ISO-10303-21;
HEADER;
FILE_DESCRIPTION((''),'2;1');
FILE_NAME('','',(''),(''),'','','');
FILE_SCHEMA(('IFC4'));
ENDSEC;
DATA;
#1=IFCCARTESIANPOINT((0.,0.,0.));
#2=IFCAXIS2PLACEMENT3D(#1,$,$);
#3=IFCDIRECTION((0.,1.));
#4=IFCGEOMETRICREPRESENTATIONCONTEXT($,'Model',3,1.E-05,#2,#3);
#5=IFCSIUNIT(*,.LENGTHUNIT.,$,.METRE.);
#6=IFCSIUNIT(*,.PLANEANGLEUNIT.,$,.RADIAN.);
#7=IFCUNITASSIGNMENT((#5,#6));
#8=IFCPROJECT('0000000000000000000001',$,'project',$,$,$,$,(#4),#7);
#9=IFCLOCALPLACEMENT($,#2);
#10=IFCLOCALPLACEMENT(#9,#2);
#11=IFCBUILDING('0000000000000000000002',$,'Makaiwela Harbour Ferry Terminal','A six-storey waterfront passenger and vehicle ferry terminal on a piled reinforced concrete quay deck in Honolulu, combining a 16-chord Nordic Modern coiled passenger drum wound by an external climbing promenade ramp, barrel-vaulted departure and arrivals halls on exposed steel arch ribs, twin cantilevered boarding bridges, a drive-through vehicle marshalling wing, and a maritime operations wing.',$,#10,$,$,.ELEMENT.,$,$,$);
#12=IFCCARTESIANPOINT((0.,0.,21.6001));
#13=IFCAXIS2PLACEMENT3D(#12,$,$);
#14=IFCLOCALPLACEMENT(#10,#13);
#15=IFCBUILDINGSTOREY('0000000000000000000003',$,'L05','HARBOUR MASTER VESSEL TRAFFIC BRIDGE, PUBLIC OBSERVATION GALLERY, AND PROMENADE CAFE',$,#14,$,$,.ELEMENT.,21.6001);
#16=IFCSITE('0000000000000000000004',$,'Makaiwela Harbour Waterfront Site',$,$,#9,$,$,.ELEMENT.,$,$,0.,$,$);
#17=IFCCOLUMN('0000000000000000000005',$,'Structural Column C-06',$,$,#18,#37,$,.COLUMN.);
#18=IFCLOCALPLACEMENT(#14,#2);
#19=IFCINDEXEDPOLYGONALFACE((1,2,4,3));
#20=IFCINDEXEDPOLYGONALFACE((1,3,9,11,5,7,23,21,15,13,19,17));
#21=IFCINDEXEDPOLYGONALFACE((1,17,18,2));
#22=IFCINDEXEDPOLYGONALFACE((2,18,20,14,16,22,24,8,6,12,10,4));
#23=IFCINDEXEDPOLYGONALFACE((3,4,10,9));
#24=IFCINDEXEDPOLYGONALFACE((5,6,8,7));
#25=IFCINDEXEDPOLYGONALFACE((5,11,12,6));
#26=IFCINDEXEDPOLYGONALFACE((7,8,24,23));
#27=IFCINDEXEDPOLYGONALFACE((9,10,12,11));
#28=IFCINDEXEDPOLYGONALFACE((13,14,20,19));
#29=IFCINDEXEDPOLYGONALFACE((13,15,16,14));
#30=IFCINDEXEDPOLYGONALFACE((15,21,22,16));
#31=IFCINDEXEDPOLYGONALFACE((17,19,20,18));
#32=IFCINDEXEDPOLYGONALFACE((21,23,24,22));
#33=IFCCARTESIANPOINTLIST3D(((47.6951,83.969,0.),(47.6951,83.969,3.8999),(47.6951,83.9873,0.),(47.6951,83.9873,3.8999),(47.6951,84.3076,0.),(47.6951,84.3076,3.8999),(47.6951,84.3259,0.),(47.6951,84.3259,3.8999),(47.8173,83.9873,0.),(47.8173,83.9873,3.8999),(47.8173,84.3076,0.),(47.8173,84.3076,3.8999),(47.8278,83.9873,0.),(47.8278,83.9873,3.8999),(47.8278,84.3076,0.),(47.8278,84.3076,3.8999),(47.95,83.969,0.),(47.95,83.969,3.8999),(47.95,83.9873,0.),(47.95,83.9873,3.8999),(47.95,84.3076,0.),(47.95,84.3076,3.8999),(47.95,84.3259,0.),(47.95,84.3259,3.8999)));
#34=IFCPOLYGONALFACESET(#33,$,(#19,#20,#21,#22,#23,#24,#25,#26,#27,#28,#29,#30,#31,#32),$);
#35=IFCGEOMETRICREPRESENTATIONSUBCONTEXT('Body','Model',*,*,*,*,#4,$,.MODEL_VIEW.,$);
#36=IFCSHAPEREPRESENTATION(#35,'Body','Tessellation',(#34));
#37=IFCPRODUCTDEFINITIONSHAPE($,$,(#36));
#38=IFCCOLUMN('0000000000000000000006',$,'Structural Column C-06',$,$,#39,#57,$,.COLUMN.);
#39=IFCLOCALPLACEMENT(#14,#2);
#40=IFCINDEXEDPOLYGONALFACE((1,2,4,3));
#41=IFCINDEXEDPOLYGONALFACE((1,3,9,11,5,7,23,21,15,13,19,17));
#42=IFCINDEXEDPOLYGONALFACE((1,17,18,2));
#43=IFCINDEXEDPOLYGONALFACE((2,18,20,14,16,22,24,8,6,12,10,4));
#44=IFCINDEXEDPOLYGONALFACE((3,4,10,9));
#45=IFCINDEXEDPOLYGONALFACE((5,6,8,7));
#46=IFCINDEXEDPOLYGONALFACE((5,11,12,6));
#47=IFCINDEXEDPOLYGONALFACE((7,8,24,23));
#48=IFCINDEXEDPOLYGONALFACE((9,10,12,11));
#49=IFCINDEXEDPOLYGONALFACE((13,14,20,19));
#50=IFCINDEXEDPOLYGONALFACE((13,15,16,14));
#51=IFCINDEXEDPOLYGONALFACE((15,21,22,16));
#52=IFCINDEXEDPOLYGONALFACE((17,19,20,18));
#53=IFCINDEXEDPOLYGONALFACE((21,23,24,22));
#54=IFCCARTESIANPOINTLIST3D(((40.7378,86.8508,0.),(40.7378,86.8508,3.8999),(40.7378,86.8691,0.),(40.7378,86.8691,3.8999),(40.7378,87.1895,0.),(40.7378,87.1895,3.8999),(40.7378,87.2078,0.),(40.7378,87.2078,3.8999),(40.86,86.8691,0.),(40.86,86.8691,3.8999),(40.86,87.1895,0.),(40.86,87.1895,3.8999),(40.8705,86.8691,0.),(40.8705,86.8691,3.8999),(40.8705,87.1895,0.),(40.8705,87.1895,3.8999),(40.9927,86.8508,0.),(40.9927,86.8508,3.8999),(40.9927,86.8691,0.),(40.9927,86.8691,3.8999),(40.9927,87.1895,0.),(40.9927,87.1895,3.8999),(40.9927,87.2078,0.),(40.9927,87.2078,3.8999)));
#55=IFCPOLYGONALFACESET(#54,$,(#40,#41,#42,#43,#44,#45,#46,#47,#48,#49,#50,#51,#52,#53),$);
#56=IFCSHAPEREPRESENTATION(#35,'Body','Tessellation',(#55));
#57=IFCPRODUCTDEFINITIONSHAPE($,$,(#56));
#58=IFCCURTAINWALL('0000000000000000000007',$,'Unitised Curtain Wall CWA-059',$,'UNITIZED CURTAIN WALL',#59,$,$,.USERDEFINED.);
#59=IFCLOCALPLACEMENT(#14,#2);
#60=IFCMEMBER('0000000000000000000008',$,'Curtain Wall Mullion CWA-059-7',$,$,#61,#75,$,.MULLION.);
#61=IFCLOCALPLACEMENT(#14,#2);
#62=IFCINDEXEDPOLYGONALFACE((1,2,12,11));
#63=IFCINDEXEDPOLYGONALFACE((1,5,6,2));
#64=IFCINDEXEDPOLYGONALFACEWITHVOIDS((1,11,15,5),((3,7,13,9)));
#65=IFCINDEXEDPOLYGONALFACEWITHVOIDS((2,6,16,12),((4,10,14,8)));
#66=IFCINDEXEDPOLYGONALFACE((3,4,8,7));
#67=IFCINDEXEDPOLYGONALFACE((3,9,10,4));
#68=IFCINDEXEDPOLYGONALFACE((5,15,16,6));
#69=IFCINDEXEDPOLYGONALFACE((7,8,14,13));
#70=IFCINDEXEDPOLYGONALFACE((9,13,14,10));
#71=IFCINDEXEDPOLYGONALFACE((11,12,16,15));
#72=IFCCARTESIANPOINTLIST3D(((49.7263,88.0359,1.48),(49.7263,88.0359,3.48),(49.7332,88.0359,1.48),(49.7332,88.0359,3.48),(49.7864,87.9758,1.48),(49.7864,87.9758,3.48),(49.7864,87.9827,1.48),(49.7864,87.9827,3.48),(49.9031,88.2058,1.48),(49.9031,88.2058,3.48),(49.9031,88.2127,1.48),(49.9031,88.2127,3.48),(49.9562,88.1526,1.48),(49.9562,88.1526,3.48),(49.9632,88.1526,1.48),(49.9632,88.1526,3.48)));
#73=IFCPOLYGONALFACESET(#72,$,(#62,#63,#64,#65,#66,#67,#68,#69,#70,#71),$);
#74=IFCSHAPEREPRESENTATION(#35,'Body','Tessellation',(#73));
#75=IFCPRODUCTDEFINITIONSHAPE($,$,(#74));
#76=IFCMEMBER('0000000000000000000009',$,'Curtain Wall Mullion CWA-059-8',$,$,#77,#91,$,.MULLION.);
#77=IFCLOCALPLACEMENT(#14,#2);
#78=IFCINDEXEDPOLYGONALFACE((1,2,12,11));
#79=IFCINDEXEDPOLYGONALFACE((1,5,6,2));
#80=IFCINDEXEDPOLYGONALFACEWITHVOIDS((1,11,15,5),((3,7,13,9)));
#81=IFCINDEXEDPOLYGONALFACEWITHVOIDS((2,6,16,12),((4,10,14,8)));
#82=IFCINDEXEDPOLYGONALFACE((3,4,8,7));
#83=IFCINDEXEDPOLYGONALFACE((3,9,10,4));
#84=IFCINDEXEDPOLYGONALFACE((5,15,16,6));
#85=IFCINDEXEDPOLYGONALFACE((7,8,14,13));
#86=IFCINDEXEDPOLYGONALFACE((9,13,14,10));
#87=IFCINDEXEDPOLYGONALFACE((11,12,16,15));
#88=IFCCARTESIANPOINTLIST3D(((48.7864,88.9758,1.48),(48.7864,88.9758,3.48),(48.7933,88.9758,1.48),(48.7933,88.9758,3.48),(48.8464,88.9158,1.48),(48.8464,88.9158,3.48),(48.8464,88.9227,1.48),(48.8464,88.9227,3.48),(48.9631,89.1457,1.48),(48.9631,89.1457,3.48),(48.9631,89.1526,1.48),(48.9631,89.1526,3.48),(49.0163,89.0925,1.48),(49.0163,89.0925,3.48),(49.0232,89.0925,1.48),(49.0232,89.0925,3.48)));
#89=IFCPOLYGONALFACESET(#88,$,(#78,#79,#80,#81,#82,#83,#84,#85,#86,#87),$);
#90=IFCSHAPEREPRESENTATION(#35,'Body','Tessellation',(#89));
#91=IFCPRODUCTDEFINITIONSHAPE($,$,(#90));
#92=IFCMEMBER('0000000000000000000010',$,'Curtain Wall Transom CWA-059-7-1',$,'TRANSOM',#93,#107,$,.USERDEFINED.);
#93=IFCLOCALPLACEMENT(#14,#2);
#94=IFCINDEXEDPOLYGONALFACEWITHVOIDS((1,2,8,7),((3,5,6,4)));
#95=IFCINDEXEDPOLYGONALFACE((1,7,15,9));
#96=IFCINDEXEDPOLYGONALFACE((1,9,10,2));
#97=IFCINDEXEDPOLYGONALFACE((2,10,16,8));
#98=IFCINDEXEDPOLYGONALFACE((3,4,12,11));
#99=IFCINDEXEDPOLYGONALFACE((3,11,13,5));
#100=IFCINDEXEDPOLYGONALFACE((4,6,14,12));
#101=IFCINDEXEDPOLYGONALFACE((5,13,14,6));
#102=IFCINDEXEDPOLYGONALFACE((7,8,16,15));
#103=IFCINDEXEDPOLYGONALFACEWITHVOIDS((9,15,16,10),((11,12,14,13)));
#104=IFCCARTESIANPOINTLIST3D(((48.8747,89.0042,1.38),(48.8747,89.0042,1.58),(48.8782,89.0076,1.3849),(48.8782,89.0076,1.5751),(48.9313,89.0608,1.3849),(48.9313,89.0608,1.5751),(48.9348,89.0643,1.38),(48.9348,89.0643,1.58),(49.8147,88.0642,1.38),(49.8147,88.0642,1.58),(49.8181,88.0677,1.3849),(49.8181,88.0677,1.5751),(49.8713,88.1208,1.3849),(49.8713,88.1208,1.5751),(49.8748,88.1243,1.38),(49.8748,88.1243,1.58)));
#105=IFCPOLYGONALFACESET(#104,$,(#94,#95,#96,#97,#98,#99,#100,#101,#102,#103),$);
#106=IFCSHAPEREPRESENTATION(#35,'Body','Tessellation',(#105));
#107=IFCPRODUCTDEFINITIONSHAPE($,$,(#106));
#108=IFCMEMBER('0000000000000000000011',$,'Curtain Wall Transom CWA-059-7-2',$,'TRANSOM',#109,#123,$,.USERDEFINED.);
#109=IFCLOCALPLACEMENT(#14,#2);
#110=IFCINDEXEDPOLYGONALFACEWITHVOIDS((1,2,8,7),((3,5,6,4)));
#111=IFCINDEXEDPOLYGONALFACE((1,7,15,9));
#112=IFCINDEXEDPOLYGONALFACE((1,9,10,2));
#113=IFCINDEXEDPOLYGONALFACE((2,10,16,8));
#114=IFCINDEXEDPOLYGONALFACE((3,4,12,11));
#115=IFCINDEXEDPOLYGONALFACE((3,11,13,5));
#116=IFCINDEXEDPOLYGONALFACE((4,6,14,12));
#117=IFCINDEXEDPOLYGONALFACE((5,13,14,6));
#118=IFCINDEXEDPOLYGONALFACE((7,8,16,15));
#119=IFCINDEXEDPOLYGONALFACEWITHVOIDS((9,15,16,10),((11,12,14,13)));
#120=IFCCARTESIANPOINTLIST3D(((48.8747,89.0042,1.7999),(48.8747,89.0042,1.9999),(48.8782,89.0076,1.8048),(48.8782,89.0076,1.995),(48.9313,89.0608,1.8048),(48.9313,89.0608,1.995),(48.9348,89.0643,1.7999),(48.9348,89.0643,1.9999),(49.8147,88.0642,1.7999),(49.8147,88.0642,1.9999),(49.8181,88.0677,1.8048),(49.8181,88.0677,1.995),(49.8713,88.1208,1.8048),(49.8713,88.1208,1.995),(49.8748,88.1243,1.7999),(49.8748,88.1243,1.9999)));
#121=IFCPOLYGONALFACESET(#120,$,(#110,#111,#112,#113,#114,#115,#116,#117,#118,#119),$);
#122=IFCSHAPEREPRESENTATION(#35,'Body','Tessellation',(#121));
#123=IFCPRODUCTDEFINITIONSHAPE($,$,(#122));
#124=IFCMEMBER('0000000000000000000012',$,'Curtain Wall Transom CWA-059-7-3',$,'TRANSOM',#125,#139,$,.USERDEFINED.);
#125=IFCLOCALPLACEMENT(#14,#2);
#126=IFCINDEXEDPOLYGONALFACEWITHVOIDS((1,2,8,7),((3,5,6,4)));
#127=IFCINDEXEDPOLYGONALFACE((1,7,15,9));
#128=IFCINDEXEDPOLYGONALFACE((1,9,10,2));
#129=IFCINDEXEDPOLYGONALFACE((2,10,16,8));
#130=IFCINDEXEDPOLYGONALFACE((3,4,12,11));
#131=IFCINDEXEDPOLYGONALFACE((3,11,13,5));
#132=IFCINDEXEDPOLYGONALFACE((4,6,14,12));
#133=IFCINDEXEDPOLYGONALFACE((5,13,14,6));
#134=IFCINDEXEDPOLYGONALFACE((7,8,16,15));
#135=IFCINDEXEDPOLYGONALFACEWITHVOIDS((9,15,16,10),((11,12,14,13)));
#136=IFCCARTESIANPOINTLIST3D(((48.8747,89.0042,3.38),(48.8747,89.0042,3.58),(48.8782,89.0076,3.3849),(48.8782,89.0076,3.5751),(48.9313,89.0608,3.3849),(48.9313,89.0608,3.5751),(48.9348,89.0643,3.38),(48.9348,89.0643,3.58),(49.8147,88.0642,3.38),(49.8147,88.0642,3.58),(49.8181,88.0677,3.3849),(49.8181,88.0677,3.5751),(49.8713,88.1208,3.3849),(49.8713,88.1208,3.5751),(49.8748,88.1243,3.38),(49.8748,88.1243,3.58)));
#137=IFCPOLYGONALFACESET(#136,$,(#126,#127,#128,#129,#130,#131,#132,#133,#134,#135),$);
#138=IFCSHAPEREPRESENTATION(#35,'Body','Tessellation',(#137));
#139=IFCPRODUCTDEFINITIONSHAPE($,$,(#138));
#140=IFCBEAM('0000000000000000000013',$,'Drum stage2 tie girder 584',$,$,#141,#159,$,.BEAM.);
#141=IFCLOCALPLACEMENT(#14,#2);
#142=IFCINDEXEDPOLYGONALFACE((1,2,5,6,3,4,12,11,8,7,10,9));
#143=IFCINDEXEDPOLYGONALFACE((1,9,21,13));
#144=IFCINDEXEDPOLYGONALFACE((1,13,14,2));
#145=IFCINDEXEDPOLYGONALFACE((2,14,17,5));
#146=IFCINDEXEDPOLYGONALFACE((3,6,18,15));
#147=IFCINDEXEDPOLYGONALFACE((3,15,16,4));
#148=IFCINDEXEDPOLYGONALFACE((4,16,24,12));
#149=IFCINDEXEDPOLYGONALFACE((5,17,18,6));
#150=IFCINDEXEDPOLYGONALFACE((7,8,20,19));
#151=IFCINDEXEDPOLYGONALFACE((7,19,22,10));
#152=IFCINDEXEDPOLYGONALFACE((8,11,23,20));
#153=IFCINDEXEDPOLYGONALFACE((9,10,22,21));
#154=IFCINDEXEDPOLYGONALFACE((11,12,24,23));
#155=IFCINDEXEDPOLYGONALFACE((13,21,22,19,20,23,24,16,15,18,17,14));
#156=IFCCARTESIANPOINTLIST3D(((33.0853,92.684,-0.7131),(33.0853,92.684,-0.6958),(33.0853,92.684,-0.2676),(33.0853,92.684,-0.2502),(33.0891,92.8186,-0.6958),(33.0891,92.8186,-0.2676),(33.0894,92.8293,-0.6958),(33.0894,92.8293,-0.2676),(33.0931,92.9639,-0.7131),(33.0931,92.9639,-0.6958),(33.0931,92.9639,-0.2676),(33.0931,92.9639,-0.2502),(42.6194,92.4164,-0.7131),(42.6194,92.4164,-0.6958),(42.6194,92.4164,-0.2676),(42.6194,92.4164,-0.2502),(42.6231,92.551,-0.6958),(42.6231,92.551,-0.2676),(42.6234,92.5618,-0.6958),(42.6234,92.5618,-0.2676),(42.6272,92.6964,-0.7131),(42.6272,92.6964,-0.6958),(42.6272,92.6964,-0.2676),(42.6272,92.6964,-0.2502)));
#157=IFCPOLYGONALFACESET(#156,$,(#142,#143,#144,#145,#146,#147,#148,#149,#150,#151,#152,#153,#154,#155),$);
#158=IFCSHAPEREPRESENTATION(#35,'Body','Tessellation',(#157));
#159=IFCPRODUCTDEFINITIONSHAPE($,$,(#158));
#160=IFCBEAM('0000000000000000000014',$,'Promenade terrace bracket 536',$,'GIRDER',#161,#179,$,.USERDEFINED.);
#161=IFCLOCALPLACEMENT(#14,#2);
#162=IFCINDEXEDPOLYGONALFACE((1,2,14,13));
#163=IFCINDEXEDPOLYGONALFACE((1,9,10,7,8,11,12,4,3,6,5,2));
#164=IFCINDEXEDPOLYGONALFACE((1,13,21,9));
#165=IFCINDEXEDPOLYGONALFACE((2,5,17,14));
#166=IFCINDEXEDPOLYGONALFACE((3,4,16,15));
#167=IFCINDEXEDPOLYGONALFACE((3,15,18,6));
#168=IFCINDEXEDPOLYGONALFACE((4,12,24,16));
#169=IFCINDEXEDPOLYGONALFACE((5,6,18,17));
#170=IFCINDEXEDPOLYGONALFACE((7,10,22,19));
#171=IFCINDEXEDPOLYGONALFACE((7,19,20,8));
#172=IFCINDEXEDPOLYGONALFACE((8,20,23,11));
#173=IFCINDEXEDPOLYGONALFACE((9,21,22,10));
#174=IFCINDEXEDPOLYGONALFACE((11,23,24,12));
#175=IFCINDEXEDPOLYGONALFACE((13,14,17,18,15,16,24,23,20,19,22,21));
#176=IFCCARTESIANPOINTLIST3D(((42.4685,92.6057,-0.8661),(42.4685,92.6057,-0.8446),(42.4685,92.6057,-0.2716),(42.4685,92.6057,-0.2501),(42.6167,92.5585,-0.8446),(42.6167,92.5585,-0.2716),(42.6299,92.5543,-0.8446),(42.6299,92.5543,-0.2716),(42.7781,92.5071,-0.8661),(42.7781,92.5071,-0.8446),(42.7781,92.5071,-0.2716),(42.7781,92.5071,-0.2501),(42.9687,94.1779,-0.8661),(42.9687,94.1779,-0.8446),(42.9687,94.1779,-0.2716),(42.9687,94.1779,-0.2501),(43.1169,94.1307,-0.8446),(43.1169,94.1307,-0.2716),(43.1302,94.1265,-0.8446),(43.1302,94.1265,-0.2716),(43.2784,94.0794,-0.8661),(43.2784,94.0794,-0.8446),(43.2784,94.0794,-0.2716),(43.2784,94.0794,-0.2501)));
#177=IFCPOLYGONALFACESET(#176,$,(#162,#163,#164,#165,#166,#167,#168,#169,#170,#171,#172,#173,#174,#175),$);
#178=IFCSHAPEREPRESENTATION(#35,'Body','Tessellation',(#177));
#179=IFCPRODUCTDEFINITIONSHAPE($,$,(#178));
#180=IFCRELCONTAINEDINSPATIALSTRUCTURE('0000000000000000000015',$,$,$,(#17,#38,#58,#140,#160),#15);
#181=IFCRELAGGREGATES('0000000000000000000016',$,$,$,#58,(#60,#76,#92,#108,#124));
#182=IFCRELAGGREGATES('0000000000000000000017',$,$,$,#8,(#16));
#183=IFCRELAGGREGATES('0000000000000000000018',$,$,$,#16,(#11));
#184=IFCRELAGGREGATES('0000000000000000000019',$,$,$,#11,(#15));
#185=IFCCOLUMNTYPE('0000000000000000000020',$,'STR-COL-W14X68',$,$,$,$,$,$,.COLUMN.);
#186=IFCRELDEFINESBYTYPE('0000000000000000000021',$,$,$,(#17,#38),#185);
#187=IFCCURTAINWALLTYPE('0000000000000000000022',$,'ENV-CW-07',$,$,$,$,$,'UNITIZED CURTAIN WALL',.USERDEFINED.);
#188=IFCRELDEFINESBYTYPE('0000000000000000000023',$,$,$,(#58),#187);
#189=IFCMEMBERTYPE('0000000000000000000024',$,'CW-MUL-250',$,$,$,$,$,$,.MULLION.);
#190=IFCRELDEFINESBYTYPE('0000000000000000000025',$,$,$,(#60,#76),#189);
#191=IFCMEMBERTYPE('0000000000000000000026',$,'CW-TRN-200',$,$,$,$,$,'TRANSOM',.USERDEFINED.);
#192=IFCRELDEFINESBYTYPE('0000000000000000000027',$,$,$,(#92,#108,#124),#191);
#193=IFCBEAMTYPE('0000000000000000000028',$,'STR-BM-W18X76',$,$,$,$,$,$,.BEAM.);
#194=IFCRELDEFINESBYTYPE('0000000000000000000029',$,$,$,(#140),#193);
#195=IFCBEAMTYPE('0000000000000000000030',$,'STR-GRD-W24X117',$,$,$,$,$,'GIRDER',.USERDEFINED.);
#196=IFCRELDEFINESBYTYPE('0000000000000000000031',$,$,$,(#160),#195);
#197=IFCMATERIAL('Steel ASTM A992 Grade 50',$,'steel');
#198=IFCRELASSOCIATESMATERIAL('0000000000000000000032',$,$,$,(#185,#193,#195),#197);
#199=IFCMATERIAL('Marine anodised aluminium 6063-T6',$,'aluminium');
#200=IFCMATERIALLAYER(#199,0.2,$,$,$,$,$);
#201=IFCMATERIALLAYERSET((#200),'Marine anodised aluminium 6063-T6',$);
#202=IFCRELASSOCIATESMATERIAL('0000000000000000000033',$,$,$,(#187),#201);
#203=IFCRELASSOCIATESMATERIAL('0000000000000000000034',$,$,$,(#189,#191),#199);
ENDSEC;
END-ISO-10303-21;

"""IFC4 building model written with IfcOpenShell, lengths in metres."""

from ifc_helpers import new_model, si_unit, direction, frame, origin, origin_2d, place, context, subcontext, project, spatial, hollow_rectangle, i_section, extrude, material, layer, layer_set, material_profile, profile_set, type_object, element, aggregate, save


model = new_model("IFC4")

# Units and contexts
model_context = context("Model", 3, precision=1e-05, world=origin(), true_north=direction((0.0, 1.0)))
body_context = subcontext(model_context, "Body", "Model", "MODEL_VIEW")
ifc_project = project(units=[si_unit("LENGTHUNIT", "METRE"), si_unit("PLANEANGLEUNIT", "RADIAN")], contexts=[model_context])

# Site, building, storey
site_placement = place(None, origin())
site = spatial("IfcSite", under=ifc_project, at=site_placement, Name="Makaiwela Harbour Waterfront Site", CompositionType="ELEMENT", RefElevation=0.0)
building_placement = place(site_placement, origin())
building = spatial("IfcBuilding", under=site, at=building_placement, Name="Makaiwela Harbour Ferry Terminal", Description="A six-storey waterfront passenger and vehicle ferry terminal on a piled reinforced concrete quay deck in Honolulu, combining a 16-chord Nordic Modern coiled passenger drum wound by an external climbing promenade ramp, barrel-vaulted departure and arrivals halls on exposed steel arch ribs, twin cantilevered boarding bridges, a drive-through vehicle marshalling wing, and a maritime operations wing.", CompositionType="ELEMENT")
storey_placement = place(building_placement, frame((0.0, 0.0, 21.6001)))
storey = spatial("IfcBuildingStorey", under=building, at=storey_placement, Name="L05", Description="HARBOUR MASTER VESSEL TRAFFIC BRIDGE, PUBLIC OBSERVATION GALLERY, AND PROMENADE CAFE", CompositionType="ELEMENT", Elevation=21.6001)

# Columns
ifc_material_1 = material(Name="Steel ASTM A992 Grade 50", Category="steel")
ifc_material_profile_1 = material_profile(ifc_material_1, i_section(OverallWidth=0.2549, OverallDepth=0.3569, WebThickness=0.0105, FlangeThickness=0.0183, at=origin_2d()), Name="W14X68")
ifc_profile_set_1 = profile_set([ifc_material_profile_1], Name="Steel ASTM A992 Grade 50")
column_type = type_object("IfcColumnType", Name="STR-COL-W14X68", PredefinedType="COLUMN", material=ifc_profile_set_1)
for number, where, z_axis, x_axis, name in (
    (1, (47.8225, 84.1475, 0.0), (0.0, 0.0, 1.0), (1.0, 0.0, 0.0), "Structural Column C-06"),
    (2, (40.8652, 87.0293, 0.0), (0.0, 0.0, 1.0), (1.0, 0.0, 0.0), "Structural Column C-06"),
):
    element("IfcColumn", number, at=place(storey_placement, frame(where, z_axis=z_axis, x_axis=x_axis)), inside=storey, type_object=column_type, Name=name, PredefinedType="COLUMN", context=body_context, shape_type="SweptSolid", body=[
        extrude(i_section(OverallWidth=0.2549, OverallDepth=0.3569, WebThickness=0.0105, FlangeThickness=0.0183, at=origin_2d()), origin(), (0.0, 0.0, 1.0), 3.8999),
    ])

# Curtain wall, members
ifc_material_2 = material(Name="Marine anodised aluminium 6063-T6", Category="aluminium")
ifc_layer_1 = layer(ifc_material_2, 0.2)
ifc_layer_set_1 = layer_set([ifc_layer_1], Name="Marine anodised aluminium 6063-T6")
curtain_wall_type = type_object("IfcCurtainWallType", Name="ENV-CW-07", ElementType="UNITIZED CURTAIN WALL", PredefinedType="USERDEFINED", material=ifc_layer_set_1)
curtain_wall_placement = place(storey_placement, origin())
curtain_wall = element("IfcCurtainWall", 3, at=curtain_wall_placement, inside=storey, type_object=curtain_wall_type, Name="Unitised Curtain Wall CWA-059", ObjectType="UNITIZED CURTAIN WALL", PredefinedType="USERDEFINED")
ifc_material_profile_2 = material_profile(ifc_material_2, hollow_rectangle(XDim=0.085, YDim=0.25, WallThickness=0.0049, at=origin_2d()), Name="CWM-250X85")
ifc_profile_set_2 = profile_set([ifc_material_profile_2], Name="Marine anodised aluminium 6063-T6")
member_type_1 = type_object("IfcMemberType", Name="CW-MUL-250", PredefinedType="MULLION", material=ifc_profile_set_2)
member_1_placement = place(storey_placement, frame((49.8447, 88.0942, 1.48), z_axis=(0.0, 0.0, 1.0), x_axis=(-0.707107, 0.707107, 0.0)))
member_1 = element("IfcMember", 4, at=member_1_placement, type_object=member_type_1, Name="Curtain Wall Mullion CWA-059-7", PredefinedType="MULLION", context=body_context, shape_type="SweptSolid", body=[
    extrude(hollow_rectangle(XDim=0.085, YDim=0.25, WallThickness=0.0049, at=origin_2d()), origin(), (0.0, 0.0, 1.0), 2.0),
])
member_2_placement = place(storey_placement, frame((48.9048, 89.0342, 1.48), z_axis=(0.0, 0.0, 1.0), x_axis=(-0.707107, 0.707107, 0.0)))
member_2 = element("IfcMember", 5, at=member_2_placement, type_object=member_type_1, Name="Curtain Wall Mullion CWA-059-8", PredefinedType="MULLION", context=body_context, shape_type="SweptSolid", body=[
    extrude(hollow_rectangle(XDim=0.085, YDim=0.25, WallThickness=0.0049, at=origin_2d()), origin(), (0.0, 0.0, 1.0), 2.0),
])
ifc_material_profile_3 = material_profile(ifc_material_2, hollow_rectangle(XDim=0.085, YDim=0.2, WallThickness=0.0049, at=origin_2d()), Name="CWT-200X85")
ifc_profile_set_3 = profile_set([ifc_material_profile_3], Name="Marine anodised aluminium 6063-T6")
member_type_2 = type_object("IfcMemberType", Name="CW-TRN-200", ElementType="TRANSOM", PredefinedType="USERDEFINED", material=ifc_profile_set_3)
member_3_placement = place(storey_placement, frame((49.8447, 88.0942, 1.48), z_axis=(-0.707107, 0.707107, 0.0), x_axis=(-0.707107, -0.707107, 0.0)))
member_3 = element("IfcMember", 6, at=member_3_placement, type_object=member_type_2, Name="Curtain Wall Transom CWA-059-7-1", ObjectType="TRANSOM", PredefinedType="USERDEFINED", context=body_context, shape_type="SweptSolid", body=[
    extrude(hollow_rectangle(XDim=0.085, YDim=0.2, WallThickness=0.0049, at=origin_2d()), origin(), (0.0, 0.0, 1.0), 1.3293),
])
member_4_placement = place(storey_placement, frame((49.8447, 88.0942, 1.8999), z_axis=(-0.707107, 0.707107, 0.0), x_axis=(-0.707107, -0.707107, 0.0)))
member_4 = element("IfcMember", 7, at=member_4_placement, type_object=member_type_2, Name="Curtain Wall Transom CWA-059-7-2", ObjectType="TRANSOM", PredefinedType="USERDEFINED", context=body_context, shape_type="SweptSolid", body=[
    extrude(hollow_rectangle(XDim=0.085, YDim=0.2, WallThickness=0.0049, at=origin_2d()), origin(), (0.0, 0.0, 1.0), 1.3293),
])
member_5_placement = place(storey_placement, frame((49.8447, 88.0942, 3.48), z_axis=(-0.707107, 0.707107, 0.0), x_axis=(-0.707107, -0.707107, 0.0)))
member_5 = element("IfcMember", 8, at=member_5_placement, type_object=member_type_2, Name="Curtain Wall Transom CWA-059-7-3", ObjectType="TRANSOM", PredefinedType="USERDEFINED", context=body_context, shape_type="SweptSolid", body=[
    extrude(hollow_rectangle(XDim=0.085, YDim=0.2, WallThickness=0.0049, at=origin_2d()), origin(), (0.0, 0.0, 1.0), 1.3293),
])

# Beams
ifc_material_profile_4 = material_profile(ifc_material_1, i_section(OverallWidth=0.28, OverallDepth=0.4629, WebThickness=0.0107, FlangeThickness=0.0173, at=origin_2d()), Name="W18X76")
ifc_profile_set_4 = profile_set([ifc_material_profile_4], Name="Steel ASTM A992 Grade 50")
beam_type_1 = type_object("IfcBeamType", Name="STR-BM-W18X76", PredefinedType="BEAM", material=ifc_profile_set_4)
beam_1_placement = place(storey_placement, frame((42.6233, 92.5564, -0.4817), z_axis=(-0.999606, 0.028054, 0.0), x_axis=(-0.028054, -0.999606, 0.0)))
element("IfcBeam", 9, at=beam_1_placement, inside=storey, type_object=beam_type_1, Name="Drum stage2 tie girder 584", PredefinedType="BEAM", context=body_context, shape_type="SweptSolid", body=[
    extrude(i_section(OverallWidth=0.28, OverallDepth=0.4629, WebThickness=0.0107, FlangeThickness=0.0173, at=origin_2d()), origin(), (0.0, 0.0, 1.0), 9.5378),
])
ifc_material_profile_5 = material_profile(ifc_material_1, i_section(OverallWidth=0.325, OverallDepth=0.616, WebThickness=0.0139, FlangeThickness=0.0215, at=origin_2d()), Name="W24X117")
ifc_profile_set_5 = profile_set([ifc_material_profile_5], Name="Steel ASTM A992 Grade 50")
beam_type_2 = type_object("IfcBeamType", Name="STR-GRD-W24X117", ElementType="GIRDER", PredefinedType="USERDEFINED", material=ifc_profile_set_5)
beam_2_placement = place(storey_placement, frame((42.6233, 92.5564, -0.5581), z_axis=(0.303191, 0.95293, 0.0), x_axis=(-0.95293, 0.303191, 0.0)))
element("IfcBeam", 10, at=beam_2_placement, inside=storey, type_object=beam_type_2, Name="Promenade terrace bracket 536", ObjectType="GIRDER", PredefinedType="USERDEFINED", context=body_context, shape_type="SweptSolid", body=[
    extrude(i_section(OverallWidth=0.325, OverallDepth=0.616, WebThickness=0.0139, FlangeThickness=0.0215, at=origin_2d()), origin(), (0.0, 0.0, 1.0), 1.6499),
])

aggregate(curtain_wall, [member_1, member_2, member_3, member_4, member_5])

save(model, "model.ifc")
